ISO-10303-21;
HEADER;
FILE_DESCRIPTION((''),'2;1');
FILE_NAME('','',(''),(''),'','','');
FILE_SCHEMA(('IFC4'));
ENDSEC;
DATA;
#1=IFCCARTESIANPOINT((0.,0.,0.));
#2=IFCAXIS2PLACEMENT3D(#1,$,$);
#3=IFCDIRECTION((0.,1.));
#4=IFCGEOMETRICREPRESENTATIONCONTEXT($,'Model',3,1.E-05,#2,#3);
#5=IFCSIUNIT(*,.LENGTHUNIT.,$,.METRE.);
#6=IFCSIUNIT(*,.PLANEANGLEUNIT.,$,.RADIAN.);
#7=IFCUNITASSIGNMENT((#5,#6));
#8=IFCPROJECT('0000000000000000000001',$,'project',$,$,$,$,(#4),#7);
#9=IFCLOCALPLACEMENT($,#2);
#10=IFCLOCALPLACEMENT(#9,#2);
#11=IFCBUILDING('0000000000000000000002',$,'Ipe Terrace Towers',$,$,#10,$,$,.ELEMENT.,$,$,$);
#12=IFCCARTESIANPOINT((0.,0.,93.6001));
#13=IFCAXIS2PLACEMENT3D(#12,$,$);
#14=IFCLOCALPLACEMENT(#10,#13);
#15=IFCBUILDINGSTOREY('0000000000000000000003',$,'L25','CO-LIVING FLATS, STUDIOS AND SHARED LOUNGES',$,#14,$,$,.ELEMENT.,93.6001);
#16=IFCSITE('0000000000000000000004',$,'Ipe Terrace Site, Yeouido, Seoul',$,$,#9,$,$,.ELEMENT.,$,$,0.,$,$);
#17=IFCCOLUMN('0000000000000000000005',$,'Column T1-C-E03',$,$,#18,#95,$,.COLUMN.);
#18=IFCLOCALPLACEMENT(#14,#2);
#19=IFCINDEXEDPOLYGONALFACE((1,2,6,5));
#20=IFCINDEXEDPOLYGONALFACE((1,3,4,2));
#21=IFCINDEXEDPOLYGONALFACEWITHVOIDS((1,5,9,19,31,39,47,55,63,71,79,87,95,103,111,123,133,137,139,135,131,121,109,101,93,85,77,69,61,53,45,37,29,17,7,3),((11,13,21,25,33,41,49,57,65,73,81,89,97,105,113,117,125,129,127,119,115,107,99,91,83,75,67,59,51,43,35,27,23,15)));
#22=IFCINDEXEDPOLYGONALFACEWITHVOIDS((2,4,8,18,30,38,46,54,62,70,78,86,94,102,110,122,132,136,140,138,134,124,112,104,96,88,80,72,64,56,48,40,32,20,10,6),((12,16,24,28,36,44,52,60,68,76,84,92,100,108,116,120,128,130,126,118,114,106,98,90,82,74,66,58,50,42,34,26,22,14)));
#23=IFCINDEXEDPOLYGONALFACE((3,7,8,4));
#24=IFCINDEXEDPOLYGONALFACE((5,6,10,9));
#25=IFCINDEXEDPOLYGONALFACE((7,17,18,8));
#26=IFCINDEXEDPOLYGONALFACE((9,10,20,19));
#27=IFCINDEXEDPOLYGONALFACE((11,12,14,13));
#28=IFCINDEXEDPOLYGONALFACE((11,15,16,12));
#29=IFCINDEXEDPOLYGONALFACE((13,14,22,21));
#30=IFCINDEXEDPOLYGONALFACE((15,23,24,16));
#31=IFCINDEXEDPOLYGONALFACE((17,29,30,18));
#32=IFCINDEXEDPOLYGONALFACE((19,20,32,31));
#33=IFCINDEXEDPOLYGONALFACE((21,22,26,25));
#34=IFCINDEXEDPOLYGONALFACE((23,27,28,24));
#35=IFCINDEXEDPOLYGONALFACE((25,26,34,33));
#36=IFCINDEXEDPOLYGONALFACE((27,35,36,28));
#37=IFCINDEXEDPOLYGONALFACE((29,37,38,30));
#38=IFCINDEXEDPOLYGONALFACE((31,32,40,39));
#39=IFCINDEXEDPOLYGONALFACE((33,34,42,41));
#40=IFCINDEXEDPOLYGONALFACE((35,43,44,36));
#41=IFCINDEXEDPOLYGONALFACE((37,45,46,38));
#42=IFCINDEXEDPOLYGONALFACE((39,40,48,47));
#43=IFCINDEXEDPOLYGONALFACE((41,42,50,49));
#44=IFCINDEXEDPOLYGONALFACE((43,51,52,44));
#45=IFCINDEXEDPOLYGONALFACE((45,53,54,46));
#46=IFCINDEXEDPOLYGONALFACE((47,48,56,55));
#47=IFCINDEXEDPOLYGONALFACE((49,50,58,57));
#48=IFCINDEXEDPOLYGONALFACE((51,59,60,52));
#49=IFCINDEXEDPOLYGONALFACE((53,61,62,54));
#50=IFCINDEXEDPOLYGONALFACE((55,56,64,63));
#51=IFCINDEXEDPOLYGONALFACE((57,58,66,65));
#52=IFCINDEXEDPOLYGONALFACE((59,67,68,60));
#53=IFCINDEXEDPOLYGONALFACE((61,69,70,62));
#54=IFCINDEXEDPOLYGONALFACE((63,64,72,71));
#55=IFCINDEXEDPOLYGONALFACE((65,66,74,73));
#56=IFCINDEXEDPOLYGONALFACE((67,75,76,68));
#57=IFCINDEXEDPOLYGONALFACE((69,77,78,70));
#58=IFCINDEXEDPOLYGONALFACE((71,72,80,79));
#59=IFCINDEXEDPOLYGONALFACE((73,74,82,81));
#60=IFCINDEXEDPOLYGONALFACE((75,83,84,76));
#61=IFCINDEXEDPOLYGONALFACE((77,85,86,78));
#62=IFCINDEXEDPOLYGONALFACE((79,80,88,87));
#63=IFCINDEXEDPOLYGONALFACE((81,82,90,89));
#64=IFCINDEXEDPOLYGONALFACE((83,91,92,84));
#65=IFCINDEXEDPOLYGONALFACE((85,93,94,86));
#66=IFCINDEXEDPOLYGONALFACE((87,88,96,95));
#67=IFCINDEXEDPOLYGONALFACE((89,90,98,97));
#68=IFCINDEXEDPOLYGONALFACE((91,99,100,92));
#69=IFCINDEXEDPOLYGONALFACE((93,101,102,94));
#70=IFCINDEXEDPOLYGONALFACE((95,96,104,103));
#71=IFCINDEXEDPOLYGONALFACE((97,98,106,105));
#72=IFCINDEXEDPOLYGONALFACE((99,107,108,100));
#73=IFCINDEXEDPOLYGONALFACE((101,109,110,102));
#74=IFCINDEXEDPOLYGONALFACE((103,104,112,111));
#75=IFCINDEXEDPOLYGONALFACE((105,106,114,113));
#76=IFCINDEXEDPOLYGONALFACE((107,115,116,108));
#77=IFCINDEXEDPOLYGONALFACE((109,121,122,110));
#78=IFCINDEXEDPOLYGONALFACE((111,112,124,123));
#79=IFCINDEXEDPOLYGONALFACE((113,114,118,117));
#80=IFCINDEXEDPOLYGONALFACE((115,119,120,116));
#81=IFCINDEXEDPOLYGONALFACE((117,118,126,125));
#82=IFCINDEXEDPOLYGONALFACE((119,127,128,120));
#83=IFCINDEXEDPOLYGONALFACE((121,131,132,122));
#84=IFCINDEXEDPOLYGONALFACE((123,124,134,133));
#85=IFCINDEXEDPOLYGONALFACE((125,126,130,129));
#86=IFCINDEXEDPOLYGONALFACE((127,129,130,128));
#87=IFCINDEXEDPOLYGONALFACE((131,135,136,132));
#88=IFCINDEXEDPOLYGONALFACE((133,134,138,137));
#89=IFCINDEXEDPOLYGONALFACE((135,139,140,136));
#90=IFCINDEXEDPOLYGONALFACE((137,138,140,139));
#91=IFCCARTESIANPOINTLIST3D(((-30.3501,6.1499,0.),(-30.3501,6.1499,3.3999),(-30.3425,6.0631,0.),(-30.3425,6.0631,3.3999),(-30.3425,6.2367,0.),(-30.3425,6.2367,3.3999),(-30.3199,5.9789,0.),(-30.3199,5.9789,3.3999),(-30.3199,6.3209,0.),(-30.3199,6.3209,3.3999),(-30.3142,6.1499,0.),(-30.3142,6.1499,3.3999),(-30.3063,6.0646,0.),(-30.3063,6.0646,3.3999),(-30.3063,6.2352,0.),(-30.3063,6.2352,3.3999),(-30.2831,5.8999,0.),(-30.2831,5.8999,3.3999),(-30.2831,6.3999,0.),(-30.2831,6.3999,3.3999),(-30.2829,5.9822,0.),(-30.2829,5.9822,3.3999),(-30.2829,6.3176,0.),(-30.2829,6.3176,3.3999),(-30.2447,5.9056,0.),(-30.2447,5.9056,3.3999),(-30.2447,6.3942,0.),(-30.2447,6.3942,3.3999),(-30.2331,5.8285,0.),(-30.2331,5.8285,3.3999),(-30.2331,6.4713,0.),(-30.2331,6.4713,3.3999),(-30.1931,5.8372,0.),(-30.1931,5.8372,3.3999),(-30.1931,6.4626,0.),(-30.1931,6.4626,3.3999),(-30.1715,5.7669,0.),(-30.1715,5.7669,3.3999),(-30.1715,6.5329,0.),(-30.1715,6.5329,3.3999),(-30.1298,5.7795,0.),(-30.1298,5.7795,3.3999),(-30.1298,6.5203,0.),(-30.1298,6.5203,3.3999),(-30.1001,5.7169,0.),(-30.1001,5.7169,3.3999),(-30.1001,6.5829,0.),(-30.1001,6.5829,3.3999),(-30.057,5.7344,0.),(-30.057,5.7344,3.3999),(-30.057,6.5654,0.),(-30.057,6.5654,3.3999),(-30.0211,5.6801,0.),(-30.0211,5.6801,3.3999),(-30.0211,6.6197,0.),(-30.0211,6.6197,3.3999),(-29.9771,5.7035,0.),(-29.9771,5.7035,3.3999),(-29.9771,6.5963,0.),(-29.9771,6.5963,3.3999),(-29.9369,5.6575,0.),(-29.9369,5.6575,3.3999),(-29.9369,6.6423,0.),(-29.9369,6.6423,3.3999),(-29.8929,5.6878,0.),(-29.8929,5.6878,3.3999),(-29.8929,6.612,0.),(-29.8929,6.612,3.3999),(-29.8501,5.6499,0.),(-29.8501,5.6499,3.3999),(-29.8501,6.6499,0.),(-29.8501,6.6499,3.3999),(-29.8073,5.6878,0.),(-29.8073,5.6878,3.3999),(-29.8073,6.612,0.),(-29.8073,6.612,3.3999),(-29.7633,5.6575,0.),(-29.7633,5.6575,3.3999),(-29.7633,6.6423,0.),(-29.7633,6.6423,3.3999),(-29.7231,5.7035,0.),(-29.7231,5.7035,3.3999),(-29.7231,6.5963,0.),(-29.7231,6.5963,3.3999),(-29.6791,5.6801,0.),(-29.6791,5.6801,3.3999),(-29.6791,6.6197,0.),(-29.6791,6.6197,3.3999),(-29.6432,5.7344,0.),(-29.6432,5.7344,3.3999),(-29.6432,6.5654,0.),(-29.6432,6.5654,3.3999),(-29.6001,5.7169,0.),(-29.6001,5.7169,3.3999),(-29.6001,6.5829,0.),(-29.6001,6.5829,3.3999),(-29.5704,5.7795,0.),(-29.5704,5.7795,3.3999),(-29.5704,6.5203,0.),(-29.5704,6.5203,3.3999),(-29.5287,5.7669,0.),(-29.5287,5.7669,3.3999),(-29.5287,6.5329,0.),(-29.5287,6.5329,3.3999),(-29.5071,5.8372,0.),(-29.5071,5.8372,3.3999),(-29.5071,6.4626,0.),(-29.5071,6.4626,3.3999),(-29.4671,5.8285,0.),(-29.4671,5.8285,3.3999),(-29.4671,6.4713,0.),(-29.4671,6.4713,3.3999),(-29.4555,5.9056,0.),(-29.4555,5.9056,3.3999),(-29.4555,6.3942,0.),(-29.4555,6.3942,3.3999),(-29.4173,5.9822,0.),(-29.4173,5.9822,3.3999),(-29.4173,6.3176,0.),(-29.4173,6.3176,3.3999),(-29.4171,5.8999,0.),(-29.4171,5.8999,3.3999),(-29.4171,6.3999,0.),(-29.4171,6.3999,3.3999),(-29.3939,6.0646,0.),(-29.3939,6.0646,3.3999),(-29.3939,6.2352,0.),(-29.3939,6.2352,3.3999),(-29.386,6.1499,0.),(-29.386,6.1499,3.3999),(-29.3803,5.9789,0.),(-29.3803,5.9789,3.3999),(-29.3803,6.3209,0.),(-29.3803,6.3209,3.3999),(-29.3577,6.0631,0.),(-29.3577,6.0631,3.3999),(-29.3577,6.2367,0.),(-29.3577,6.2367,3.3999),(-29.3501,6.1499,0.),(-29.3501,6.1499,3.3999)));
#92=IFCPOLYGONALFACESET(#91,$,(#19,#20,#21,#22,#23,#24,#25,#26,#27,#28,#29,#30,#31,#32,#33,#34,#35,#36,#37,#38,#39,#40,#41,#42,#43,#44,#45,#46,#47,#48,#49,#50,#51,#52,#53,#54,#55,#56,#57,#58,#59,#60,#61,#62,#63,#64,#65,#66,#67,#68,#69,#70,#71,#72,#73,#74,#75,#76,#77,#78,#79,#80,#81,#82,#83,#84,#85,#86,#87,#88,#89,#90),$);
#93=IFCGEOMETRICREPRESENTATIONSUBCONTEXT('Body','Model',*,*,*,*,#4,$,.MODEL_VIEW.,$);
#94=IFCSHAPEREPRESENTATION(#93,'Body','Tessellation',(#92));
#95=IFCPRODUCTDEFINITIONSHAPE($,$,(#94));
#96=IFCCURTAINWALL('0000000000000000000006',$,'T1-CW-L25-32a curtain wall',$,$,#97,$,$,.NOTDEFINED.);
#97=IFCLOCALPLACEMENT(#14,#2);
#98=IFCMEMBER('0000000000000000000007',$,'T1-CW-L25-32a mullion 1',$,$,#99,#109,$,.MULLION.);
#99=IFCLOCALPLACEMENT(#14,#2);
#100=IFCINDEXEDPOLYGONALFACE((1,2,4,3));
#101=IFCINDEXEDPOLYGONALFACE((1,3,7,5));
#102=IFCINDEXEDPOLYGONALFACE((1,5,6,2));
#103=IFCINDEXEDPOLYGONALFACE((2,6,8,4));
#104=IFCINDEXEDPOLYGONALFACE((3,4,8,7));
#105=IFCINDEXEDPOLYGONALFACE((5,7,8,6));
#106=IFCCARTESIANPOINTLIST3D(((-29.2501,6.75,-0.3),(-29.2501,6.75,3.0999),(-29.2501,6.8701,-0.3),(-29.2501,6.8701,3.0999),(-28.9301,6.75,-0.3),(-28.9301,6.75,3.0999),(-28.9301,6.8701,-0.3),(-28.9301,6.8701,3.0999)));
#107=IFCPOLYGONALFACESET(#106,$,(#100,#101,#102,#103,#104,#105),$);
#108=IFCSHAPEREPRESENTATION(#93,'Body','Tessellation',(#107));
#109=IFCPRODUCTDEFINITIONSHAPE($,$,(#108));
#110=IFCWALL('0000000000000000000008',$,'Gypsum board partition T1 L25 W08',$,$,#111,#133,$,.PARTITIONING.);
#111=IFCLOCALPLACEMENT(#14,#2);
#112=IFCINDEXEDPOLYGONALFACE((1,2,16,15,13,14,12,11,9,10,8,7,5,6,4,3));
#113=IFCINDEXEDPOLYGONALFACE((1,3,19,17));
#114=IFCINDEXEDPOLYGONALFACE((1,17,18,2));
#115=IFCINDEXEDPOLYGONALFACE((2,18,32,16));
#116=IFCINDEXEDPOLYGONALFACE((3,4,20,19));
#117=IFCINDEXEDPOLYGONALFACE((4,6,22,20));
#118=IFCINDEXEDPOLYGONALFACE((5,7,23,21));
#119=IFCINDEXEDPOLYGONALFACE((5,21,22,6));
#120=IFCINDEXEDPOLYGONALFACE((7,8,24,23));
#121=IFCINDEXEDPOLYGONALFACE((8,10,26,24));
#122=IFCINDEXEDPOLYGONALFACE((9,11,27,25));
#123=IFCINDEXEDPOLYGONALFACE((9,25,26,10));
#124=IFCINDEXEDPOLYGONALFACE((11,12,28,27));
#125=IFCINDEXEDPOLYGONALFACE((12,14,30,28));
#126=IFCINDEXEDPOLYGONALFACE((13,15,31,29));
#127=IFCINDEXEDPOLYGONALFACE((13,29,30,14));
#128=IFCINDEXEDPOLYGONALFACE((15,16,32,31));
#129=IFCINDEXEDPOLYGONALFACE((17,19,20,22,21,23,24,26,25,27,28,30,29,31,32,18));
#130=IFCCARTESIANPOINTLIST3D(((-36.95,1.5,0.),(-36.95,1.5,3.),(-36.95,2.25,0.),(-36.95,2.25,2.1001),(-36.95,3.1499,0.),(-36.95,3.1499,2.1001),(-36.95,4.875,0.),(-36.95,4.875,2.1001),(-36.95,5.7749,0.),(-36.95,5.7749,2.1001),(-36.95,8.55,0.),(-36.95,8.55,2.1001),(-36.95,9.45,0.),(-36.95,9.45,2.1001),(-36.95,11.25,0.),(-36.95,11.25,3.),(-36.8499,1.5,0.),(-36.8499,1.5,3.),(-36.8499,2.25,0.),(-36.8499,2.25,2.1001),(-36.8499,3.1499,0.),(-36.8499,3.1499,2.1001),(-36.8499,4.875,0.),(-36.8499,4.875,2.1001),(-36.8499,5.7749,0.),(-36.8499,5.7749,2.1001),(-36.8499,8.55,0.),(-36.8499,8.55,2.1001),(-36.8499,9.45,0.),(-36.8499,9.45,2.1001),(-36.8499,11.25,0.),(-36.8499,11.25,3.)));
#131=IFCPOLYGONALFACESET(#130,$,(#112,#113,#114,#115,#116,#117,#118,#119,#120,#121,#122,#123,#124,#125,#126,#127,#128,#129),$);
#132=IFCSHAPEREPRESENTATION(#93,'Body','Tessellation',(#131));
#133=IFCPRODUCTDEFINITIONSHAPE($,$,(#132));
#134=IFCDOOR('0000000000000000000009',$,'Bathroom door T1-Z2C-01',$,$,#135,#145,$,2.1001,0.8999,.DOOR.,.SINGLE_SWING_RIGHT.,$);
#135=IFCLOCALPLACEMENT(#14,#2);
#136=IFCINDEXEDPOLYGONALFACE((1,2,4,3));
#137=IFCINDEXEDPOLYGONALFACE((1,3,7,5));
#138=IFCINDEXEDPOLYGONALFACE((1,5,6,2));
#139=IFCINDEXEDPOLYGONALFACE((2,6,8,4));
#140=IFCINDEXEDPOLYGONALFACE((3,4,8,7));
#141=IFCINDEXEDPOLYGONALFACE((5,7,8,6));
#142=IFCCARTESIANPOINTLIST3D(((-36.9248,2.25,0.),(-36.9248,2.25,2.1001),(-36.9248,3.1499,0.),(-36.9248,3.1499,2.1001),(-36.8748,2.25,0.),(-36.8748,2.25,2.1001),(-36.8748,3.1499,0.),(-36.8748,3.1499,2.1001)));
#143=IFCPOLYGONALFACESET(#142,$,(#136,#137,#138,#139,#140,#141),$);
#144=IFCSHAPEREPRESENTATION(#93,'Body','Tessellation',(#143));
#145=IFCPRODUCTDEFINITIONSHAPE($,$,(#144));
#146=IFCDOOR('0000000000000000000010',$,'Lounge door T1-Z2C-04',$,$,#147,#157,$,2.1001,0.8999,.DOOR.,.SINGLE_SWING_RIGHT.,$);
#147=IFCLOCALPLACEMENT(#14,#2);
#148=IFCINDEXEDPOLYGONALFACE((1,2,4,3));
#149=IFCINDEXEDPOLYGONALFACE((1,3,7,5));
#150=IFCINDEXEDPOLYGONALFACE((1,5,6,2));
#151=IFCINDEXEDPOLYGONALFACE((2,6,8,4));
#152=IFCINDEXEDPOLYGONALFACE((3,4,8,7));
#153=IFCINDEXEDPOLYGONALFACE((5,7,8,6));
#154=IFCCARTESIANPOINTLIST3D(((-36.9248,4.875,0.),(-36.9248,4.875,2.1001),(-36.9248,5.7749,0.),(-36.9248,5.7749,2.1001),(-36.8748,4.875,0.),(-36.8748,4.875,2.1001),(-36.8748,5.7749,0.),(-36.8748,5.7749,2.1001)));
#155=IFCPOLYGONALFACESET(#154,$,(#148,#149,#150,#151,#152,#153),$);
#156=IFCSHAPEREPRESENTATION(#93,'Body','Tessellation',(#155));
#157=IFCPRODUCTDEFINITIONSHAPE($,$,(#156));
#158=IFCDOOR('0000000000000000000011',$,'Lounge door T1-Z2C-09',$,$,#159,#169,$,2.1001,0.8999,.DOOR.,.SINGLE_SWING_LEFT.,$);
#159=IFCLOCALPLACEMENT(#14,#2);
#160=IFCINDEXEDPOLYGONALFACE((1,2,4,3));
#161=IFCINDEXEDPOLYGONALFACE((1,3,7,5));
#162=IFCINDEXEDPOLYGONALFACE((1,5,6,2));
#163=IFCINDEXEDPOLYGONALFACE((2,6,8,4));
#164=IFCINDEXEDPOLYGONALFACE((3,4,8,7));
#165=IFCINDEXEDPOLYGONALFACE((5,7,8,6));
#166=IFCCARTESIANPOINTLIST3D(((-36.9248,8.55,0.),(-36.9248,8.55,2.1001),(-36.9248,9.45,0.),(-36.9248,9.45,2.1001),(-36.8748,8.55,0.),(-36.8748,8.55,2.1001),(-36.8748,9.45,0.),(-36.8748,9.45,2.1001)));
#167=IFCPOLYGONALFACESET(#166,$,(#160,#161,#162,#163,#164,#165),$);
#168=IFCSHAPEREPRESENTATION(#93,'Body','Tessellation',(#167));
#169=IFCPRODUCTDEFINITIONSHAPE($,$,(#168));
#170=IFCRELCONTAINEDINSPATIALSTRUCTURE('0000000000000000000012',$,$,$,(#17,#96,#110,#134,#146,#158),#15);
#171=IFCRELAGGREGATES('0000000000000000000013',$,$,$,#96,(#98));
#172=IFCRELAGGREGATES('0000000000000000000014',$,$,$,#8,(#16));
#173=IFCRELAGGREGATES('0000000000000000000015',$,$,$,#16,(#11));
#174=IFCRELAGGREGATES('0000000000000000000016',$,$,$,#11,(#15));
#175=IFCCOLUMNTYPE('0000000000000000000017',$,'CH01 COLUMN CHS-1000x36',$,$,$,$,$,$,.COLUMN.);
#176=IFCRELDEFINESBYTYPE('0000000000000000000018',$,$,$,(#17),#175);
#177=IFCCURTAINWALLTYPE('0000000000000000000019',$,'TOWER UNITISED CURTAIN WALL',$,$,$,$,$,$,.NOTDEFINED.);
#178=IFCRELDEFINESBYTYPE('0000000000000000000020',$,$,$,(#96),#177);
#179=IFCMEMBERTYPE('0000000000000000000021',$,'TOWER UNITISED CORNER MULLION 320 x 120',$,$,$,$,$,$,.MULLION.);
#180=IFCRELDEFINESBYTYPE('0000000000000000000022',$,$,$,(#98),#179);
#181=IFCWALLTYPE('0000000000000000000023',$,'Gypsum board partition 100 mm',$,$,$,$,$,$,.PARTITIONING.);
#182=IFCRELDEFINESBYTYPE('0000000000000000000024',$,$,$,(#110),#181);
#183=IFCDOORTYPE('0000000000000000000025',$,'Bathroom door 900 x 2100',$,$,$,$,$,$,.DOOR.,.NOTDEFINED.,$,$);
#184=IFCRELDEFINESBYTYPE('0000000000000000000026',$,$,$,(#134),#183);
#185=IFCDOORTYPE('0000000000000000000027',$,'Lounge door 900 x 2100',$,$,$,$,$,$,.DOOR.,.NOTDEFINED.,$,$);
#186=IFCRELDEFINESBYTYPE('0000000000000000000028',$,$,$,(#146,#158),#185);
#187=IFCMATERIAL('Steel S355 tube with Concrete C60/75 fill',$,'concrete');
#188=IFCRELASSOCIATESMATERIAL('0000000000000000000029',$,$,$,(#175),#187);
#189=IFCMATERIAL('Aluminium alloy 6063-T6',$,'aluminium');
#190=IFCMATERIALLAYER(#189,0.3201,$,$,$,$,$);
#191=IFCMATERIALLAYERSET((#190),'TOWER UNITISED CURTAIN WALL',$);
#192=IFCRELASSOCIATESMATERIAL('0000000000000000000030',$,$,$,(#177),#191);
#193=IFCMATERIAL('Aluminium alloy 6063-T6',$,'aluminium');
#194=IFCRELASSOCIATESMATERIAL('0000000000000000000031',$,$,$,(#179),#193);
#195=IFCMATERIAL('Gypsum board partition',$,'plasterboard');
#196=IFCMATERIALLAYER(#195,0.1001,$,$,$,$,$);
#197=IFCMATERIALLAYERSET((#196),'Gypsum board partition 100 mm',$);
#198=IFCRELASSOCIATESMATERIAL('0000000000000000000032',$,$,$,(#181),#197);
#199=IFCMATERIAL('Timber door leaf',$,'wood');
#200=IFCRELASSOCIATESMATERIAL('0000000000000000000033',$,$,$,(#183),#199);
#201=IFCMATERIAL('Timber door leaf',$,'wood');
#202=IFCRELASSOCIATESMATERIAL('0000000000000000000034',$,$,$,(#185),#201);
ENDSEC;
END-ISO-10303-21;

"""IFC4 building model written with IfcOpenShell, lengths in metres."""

from ifc_helpers import new_model, si_unit, direction, frame, frame_2d, origin, origin_2d, place, context, subcontext, project, spatial, rectangle, hollow_circle, extrude, material, layer, layer_set, material_profile, profile_set, type_object, element, fill, aggregate, save


model = new_model("IFC4")

# Units and contexts
model_context = context("Model", 3, precision=1e-05, world=origin(), true_north=direction((0.0, 1.0)))
body_context = subcontext(model_context, "Body", "Model", "MODEL_VIEW")
ifc_project = project(units=[si_unit("LENGTHUNIT", "METRE"), si_unit("PLANEANGLEUNIT", "RADIAN")], contexts=[model_context])

# Site, building, storey
site_placement = place(None, origin())
site = spatial("IfcSite", under=ifc_project, at=site_placement, Name="Ipe Terrace Site, Yeouido, Seoul", CompositionType="ELEMENT", RefElevation=0.0)
building_placement = place(site_placement, origin())
building = spatial("IfcBuilding", under=site, at=building_placement, Name="Ipe Terrace Towers", CompositionType="ELEMENT")
storey_placement = place(building_placement, frame((0.0, 0.0, 93.6001)))
storey = spatial("IfcBuildingStorey", under=building, at=storey_placement, Name="L25", Description="CO-LIVING FLATS, STUDIOS AND SHARED LOUNGES", CompositionType="ELEMENT", Elevation=93.6001)

# Column
ifc_material_1 = material(Name="Steel S355 tube with Concrete C60/75 fill", Category="concrete")
ifc_material_profile_1 = material_profile(ifc_material_1, hollow_circle(Radius=0.5, WallThickness=0.0359, at=origin_2d()), Name="CHS-1000x36")
ifc_profile_set_1 = profile_set([ifc_material_profile_1], Name="Steel S355 tube with Concrete C60/75 fill")
column_type = type_object("IfcColumnType", Name="CH01 COLUMN CHS-1000x36", PredefinedType="COLUMN", material=ifc_profile_set_1)
column_placement = place(storey_placement, frame((-29.8501, 6.1499, 0.0), z_axis=(0.0, 0.0, 1.0), x_axis=(1.0, 0.0, 0.0)))
element("IfcColumn", 1, at=column_placement, inside=storey, type_object=column_type, Name="Column T1-C-E03", PredefinedType="COLUMN", context=body_context, shape_type="SweptSolid", body=[
    extrude(hollow_circle(Radius=0.5, WallThickness=0.0359, at=origin_2d()), origin(), (0.0, 0.0, 1.0), 3.3999),
])

# Curtain wall, member
ifc_material_2 = material(Name="Aluminium alloy 6063-T6", Category="aluminium")
ifc_layer_1 = layer(ifc_material_2, 0.3201)
ifc_layer_set_1 = layer_set([ifc_layer_1], Name="TOWER UNITISED CURTAIN WALL")
curtain_wall_type = type_object("IfcCurtainWallType", Name="TOWER UNITISED CURTAIN WALL", PredefinedType="NOTDEFINED", material=ifc_layer_set_1)
curtain_wall_placement = place(storey_placement, origin())
curtain_wall = element("IfcCurtainWall", 2, at=curtain_wall_placement, inside=storey, type_object=curtain_wall_type, Name="T1-CW-L25-32a curtain wall", PredefinedType="NOTDEFINED")
ifc_material_3 = material(Name="Aluminium alloy 6063-T6", Category="aluminium")
ifc_material_profile_2 = material_profile(ifc_material_3, rectangle(XDim=0.3201, YDim=0.1201, at=origin_2d()), Name="TOWER UNITISED CORNER MULLION 320 x 120")
ifc_profile_set_2 = profile_set([ifc_material_profile_2], Name="Aluminium alloy 6063-T6")
member_type = type_object("IfcMemberType", Name="TOWER UNITISED CORNER MULLION 320 x 120", PredefinedType="MULLION", material=ifc_profile_set_2)
member_placement = place(storey_placement, frame((-29.0901, 6.8101, -0.3), z_axis=(0.0, 0.0, 1.0), x_axis=(1.0, 0.0, 0.0)))
member = element("IfcMember", 3, at=member_placement, type_object=member_type, Name="T1-CW-L25-32a mullion 1", PredefinedType="MULLION", context=body_context, shape_type="SweptSolid", body=[
    extrude(rectangle(XDim=0.3201, YDim=0.1201, at=origin_2d()), origin(), (0.0, 0.0, 1.0), 3.3999),
])
aggregate(curtain_wall, [member])

# Wall, openings, doors
ifc_material_4 = material(Name="Gypsum board partition", Category="plasterboard")
ifc_layer_2 = layer(ifc_material_4, 0.1001)
ifc_layer_set_2 = layer_set([ifc_layer_2], Name="Gypsum board partition 100 mm")
wall_type_1 = type_object("IfcWallType", Name="Gypsum board partition 100 mm", PredefinedType="PARTITIONING", material=ifc_layer_set_2)
wall_1_placement = place(storey_placement, frame((-36.8999, 1.5, 0.0), z_axis=(0.0, 0.0, 1.0), x_axis=(0.0, 1.0, 0.0)))
wall_1 = element("IfcWall", 4, at=wall_1_placement, inside=storey, type_object=wall_type_1, Name="Gypsum board partition T1 L25 W08", PredefinedType="PARTITIONING", context=body_context, shape_type="SweptSolid", body=[
    extrude(rectangle(XDim=9.75, YDim=0.1001, at=frame_2d((4.875, 0.0))), origin(), (0.0, 0.0, 1.0), 3.0),
])
opening_1_placement = place(wall_1_placement, frame((0.75, 0.0, 0.0)))
opening_1 = element("IfcOpeningElement", 5, at=opening_1_placement, cuts=wall_1, PredefinedType="OPENING", context=body_context, shape_type="SweptSolid", body=[
    extrude(rectangle(XDim=0.8999, YDim=2.1001, at=frame_2d((0.45, 1.05))), frame((0.0, 0.0601, 0.0), z_axis=(0.0, -1.0, 0.0), x_axis=(1.0, 0.0, 0.0)), (0.0, 0.0, 1.0), 0.1201),
])
opening_2_placement = place(wall_1_placement, frame((3.375, 0.0, 0.0)))
opening_2 = element("IfcOpeningElement", 6, at=opening_2_placement, cuts=wall_1, PredefinedType="OPENING", context=body_context, shape_type="SweptSolid", body=[
    extrude(rectangle(XDim=0.8999, YDim=2.1001, at=frame_2d((0.45, 1.05))), frame((0.0, 0.0601, 0.0), z_axis=(0.0, -1.0, 0.0), x_axis=(1.0, 0.0, 0.0)), (0.0, 0.0, 1.0), 0.1201),
])
opening_3_placement = place(wall_1_placement, frame((7.05, 0.0, 0.0)))
opening_3 = element("IfcOpeningElement", 7, at=opening_3_placement, cuts=wall_1, PredefinedType="OPENING", context=body_context, shape_type="SweptSolid", body=[
    extrude(rectangle(XDim=0.8999, YDim=2.1001, at=frame_2d((0.45, 1.05))), frame((0.0, 0.0601, 0.0), z_axis=(0.0, -1.0, 0.0), x_axis=(1.0, 0.0, 0.0)), (0.0, 0.0, 1.0), 0.1201),
])
ifc_material_5 = material(Name="Timber door leaf", Category="wood")
door_type_1 = type_object("IfcDoorType", Name="Bathroom door 900 x 2100", OperationType="NOTDEFINED", PredefinedType="DOOR", material=ifc_material_5)
door_1_placement = place(opening_1_placement, origin())
door_1 = element("IfcDoor", 8, at=door_1_placement, inside=storey, type_object=door_type_1, Name="Bathroom door T1-Z2C-01", OperationType="SINGLE_SWING_RIGHT", OverallHeight=2.1001, OverallWidth=0.8999, PredefinedType="DOOR", context=body_context, shape_type="SweptSolid", body=[
    extrude(rectangle(XDim=0.8999, YDim=2.1001, at=frame_2d((0.45, 1.05))), frame((0.0, 0.0249, 0.0), z_axis=(0.0, -1.0, 0.0), x_axis=(1.0, 0.0, 0.0)), (0.0, 0.0, 1.0), 0.05),
])
fill(opening_1, door_1)
ifc_material_6 = material(Name="Timber door leaf", Category="wood")
door_type_2 = type_object("IfcDoorType", Name="Lounge door 900 x 2100", OperationType="NOTDEFINED", PredefinedType="DOOR", material=ifc_material_6)
door_2_placement = place(opening_2_placement, origin())
door_2 = element("IfcDoor", 9, at=door_2_placement, inside=storey, type_object=door_type_2, Name="Lounge door T1-Z2C-04", OperationType="SINGLE_SWING_RIGHT", OverallHeight=2.1001, OverallWidth=0.8999, PredefinedType="DOOR", context=body_context, shape_type="SweptSolid", body=[
    extrude(rectangle(XDim=0.8999, YDim=2.1001, at=frame_2d((0.45, 1.05))), frame((0.0, 0.0249, 0.0), z_axis=(0.0, -1.0, 0.0), x_axis=(1.0, 0.0, 0.0)), (0.0, 0.0, 1.0), 0.05),
])
fill(opening_2, door_2)
door_3_placement = place(opening_3_placement, origin())
door_3 = element("IfcDoor", 10, at=door_3_placement, inside=storey, type_object=door_type_2, Name="Lounge door T1-Z2C-09", OperationType="SINGLE_SWING_LEFT", OverallHeight=2.1001, OverallWidth=0.8999, PredefinedType="DOOR", context=body_context, shape_type="SweptSolid", body=[
    extrude(rectangle(XDim=0.8999, YDim=2.1001, at=frame_2d((0.45, 1.05))), frame((0.0, 0.0249, 0.0), z_axis=(0.0, -1.0, 0.0), x_axis=(1.0, 0.0, 0.0)), (0.0, 0.0, 1.0), 0.05),
])
fill(opening_3, door_3)

save(model, "model.ifc")
